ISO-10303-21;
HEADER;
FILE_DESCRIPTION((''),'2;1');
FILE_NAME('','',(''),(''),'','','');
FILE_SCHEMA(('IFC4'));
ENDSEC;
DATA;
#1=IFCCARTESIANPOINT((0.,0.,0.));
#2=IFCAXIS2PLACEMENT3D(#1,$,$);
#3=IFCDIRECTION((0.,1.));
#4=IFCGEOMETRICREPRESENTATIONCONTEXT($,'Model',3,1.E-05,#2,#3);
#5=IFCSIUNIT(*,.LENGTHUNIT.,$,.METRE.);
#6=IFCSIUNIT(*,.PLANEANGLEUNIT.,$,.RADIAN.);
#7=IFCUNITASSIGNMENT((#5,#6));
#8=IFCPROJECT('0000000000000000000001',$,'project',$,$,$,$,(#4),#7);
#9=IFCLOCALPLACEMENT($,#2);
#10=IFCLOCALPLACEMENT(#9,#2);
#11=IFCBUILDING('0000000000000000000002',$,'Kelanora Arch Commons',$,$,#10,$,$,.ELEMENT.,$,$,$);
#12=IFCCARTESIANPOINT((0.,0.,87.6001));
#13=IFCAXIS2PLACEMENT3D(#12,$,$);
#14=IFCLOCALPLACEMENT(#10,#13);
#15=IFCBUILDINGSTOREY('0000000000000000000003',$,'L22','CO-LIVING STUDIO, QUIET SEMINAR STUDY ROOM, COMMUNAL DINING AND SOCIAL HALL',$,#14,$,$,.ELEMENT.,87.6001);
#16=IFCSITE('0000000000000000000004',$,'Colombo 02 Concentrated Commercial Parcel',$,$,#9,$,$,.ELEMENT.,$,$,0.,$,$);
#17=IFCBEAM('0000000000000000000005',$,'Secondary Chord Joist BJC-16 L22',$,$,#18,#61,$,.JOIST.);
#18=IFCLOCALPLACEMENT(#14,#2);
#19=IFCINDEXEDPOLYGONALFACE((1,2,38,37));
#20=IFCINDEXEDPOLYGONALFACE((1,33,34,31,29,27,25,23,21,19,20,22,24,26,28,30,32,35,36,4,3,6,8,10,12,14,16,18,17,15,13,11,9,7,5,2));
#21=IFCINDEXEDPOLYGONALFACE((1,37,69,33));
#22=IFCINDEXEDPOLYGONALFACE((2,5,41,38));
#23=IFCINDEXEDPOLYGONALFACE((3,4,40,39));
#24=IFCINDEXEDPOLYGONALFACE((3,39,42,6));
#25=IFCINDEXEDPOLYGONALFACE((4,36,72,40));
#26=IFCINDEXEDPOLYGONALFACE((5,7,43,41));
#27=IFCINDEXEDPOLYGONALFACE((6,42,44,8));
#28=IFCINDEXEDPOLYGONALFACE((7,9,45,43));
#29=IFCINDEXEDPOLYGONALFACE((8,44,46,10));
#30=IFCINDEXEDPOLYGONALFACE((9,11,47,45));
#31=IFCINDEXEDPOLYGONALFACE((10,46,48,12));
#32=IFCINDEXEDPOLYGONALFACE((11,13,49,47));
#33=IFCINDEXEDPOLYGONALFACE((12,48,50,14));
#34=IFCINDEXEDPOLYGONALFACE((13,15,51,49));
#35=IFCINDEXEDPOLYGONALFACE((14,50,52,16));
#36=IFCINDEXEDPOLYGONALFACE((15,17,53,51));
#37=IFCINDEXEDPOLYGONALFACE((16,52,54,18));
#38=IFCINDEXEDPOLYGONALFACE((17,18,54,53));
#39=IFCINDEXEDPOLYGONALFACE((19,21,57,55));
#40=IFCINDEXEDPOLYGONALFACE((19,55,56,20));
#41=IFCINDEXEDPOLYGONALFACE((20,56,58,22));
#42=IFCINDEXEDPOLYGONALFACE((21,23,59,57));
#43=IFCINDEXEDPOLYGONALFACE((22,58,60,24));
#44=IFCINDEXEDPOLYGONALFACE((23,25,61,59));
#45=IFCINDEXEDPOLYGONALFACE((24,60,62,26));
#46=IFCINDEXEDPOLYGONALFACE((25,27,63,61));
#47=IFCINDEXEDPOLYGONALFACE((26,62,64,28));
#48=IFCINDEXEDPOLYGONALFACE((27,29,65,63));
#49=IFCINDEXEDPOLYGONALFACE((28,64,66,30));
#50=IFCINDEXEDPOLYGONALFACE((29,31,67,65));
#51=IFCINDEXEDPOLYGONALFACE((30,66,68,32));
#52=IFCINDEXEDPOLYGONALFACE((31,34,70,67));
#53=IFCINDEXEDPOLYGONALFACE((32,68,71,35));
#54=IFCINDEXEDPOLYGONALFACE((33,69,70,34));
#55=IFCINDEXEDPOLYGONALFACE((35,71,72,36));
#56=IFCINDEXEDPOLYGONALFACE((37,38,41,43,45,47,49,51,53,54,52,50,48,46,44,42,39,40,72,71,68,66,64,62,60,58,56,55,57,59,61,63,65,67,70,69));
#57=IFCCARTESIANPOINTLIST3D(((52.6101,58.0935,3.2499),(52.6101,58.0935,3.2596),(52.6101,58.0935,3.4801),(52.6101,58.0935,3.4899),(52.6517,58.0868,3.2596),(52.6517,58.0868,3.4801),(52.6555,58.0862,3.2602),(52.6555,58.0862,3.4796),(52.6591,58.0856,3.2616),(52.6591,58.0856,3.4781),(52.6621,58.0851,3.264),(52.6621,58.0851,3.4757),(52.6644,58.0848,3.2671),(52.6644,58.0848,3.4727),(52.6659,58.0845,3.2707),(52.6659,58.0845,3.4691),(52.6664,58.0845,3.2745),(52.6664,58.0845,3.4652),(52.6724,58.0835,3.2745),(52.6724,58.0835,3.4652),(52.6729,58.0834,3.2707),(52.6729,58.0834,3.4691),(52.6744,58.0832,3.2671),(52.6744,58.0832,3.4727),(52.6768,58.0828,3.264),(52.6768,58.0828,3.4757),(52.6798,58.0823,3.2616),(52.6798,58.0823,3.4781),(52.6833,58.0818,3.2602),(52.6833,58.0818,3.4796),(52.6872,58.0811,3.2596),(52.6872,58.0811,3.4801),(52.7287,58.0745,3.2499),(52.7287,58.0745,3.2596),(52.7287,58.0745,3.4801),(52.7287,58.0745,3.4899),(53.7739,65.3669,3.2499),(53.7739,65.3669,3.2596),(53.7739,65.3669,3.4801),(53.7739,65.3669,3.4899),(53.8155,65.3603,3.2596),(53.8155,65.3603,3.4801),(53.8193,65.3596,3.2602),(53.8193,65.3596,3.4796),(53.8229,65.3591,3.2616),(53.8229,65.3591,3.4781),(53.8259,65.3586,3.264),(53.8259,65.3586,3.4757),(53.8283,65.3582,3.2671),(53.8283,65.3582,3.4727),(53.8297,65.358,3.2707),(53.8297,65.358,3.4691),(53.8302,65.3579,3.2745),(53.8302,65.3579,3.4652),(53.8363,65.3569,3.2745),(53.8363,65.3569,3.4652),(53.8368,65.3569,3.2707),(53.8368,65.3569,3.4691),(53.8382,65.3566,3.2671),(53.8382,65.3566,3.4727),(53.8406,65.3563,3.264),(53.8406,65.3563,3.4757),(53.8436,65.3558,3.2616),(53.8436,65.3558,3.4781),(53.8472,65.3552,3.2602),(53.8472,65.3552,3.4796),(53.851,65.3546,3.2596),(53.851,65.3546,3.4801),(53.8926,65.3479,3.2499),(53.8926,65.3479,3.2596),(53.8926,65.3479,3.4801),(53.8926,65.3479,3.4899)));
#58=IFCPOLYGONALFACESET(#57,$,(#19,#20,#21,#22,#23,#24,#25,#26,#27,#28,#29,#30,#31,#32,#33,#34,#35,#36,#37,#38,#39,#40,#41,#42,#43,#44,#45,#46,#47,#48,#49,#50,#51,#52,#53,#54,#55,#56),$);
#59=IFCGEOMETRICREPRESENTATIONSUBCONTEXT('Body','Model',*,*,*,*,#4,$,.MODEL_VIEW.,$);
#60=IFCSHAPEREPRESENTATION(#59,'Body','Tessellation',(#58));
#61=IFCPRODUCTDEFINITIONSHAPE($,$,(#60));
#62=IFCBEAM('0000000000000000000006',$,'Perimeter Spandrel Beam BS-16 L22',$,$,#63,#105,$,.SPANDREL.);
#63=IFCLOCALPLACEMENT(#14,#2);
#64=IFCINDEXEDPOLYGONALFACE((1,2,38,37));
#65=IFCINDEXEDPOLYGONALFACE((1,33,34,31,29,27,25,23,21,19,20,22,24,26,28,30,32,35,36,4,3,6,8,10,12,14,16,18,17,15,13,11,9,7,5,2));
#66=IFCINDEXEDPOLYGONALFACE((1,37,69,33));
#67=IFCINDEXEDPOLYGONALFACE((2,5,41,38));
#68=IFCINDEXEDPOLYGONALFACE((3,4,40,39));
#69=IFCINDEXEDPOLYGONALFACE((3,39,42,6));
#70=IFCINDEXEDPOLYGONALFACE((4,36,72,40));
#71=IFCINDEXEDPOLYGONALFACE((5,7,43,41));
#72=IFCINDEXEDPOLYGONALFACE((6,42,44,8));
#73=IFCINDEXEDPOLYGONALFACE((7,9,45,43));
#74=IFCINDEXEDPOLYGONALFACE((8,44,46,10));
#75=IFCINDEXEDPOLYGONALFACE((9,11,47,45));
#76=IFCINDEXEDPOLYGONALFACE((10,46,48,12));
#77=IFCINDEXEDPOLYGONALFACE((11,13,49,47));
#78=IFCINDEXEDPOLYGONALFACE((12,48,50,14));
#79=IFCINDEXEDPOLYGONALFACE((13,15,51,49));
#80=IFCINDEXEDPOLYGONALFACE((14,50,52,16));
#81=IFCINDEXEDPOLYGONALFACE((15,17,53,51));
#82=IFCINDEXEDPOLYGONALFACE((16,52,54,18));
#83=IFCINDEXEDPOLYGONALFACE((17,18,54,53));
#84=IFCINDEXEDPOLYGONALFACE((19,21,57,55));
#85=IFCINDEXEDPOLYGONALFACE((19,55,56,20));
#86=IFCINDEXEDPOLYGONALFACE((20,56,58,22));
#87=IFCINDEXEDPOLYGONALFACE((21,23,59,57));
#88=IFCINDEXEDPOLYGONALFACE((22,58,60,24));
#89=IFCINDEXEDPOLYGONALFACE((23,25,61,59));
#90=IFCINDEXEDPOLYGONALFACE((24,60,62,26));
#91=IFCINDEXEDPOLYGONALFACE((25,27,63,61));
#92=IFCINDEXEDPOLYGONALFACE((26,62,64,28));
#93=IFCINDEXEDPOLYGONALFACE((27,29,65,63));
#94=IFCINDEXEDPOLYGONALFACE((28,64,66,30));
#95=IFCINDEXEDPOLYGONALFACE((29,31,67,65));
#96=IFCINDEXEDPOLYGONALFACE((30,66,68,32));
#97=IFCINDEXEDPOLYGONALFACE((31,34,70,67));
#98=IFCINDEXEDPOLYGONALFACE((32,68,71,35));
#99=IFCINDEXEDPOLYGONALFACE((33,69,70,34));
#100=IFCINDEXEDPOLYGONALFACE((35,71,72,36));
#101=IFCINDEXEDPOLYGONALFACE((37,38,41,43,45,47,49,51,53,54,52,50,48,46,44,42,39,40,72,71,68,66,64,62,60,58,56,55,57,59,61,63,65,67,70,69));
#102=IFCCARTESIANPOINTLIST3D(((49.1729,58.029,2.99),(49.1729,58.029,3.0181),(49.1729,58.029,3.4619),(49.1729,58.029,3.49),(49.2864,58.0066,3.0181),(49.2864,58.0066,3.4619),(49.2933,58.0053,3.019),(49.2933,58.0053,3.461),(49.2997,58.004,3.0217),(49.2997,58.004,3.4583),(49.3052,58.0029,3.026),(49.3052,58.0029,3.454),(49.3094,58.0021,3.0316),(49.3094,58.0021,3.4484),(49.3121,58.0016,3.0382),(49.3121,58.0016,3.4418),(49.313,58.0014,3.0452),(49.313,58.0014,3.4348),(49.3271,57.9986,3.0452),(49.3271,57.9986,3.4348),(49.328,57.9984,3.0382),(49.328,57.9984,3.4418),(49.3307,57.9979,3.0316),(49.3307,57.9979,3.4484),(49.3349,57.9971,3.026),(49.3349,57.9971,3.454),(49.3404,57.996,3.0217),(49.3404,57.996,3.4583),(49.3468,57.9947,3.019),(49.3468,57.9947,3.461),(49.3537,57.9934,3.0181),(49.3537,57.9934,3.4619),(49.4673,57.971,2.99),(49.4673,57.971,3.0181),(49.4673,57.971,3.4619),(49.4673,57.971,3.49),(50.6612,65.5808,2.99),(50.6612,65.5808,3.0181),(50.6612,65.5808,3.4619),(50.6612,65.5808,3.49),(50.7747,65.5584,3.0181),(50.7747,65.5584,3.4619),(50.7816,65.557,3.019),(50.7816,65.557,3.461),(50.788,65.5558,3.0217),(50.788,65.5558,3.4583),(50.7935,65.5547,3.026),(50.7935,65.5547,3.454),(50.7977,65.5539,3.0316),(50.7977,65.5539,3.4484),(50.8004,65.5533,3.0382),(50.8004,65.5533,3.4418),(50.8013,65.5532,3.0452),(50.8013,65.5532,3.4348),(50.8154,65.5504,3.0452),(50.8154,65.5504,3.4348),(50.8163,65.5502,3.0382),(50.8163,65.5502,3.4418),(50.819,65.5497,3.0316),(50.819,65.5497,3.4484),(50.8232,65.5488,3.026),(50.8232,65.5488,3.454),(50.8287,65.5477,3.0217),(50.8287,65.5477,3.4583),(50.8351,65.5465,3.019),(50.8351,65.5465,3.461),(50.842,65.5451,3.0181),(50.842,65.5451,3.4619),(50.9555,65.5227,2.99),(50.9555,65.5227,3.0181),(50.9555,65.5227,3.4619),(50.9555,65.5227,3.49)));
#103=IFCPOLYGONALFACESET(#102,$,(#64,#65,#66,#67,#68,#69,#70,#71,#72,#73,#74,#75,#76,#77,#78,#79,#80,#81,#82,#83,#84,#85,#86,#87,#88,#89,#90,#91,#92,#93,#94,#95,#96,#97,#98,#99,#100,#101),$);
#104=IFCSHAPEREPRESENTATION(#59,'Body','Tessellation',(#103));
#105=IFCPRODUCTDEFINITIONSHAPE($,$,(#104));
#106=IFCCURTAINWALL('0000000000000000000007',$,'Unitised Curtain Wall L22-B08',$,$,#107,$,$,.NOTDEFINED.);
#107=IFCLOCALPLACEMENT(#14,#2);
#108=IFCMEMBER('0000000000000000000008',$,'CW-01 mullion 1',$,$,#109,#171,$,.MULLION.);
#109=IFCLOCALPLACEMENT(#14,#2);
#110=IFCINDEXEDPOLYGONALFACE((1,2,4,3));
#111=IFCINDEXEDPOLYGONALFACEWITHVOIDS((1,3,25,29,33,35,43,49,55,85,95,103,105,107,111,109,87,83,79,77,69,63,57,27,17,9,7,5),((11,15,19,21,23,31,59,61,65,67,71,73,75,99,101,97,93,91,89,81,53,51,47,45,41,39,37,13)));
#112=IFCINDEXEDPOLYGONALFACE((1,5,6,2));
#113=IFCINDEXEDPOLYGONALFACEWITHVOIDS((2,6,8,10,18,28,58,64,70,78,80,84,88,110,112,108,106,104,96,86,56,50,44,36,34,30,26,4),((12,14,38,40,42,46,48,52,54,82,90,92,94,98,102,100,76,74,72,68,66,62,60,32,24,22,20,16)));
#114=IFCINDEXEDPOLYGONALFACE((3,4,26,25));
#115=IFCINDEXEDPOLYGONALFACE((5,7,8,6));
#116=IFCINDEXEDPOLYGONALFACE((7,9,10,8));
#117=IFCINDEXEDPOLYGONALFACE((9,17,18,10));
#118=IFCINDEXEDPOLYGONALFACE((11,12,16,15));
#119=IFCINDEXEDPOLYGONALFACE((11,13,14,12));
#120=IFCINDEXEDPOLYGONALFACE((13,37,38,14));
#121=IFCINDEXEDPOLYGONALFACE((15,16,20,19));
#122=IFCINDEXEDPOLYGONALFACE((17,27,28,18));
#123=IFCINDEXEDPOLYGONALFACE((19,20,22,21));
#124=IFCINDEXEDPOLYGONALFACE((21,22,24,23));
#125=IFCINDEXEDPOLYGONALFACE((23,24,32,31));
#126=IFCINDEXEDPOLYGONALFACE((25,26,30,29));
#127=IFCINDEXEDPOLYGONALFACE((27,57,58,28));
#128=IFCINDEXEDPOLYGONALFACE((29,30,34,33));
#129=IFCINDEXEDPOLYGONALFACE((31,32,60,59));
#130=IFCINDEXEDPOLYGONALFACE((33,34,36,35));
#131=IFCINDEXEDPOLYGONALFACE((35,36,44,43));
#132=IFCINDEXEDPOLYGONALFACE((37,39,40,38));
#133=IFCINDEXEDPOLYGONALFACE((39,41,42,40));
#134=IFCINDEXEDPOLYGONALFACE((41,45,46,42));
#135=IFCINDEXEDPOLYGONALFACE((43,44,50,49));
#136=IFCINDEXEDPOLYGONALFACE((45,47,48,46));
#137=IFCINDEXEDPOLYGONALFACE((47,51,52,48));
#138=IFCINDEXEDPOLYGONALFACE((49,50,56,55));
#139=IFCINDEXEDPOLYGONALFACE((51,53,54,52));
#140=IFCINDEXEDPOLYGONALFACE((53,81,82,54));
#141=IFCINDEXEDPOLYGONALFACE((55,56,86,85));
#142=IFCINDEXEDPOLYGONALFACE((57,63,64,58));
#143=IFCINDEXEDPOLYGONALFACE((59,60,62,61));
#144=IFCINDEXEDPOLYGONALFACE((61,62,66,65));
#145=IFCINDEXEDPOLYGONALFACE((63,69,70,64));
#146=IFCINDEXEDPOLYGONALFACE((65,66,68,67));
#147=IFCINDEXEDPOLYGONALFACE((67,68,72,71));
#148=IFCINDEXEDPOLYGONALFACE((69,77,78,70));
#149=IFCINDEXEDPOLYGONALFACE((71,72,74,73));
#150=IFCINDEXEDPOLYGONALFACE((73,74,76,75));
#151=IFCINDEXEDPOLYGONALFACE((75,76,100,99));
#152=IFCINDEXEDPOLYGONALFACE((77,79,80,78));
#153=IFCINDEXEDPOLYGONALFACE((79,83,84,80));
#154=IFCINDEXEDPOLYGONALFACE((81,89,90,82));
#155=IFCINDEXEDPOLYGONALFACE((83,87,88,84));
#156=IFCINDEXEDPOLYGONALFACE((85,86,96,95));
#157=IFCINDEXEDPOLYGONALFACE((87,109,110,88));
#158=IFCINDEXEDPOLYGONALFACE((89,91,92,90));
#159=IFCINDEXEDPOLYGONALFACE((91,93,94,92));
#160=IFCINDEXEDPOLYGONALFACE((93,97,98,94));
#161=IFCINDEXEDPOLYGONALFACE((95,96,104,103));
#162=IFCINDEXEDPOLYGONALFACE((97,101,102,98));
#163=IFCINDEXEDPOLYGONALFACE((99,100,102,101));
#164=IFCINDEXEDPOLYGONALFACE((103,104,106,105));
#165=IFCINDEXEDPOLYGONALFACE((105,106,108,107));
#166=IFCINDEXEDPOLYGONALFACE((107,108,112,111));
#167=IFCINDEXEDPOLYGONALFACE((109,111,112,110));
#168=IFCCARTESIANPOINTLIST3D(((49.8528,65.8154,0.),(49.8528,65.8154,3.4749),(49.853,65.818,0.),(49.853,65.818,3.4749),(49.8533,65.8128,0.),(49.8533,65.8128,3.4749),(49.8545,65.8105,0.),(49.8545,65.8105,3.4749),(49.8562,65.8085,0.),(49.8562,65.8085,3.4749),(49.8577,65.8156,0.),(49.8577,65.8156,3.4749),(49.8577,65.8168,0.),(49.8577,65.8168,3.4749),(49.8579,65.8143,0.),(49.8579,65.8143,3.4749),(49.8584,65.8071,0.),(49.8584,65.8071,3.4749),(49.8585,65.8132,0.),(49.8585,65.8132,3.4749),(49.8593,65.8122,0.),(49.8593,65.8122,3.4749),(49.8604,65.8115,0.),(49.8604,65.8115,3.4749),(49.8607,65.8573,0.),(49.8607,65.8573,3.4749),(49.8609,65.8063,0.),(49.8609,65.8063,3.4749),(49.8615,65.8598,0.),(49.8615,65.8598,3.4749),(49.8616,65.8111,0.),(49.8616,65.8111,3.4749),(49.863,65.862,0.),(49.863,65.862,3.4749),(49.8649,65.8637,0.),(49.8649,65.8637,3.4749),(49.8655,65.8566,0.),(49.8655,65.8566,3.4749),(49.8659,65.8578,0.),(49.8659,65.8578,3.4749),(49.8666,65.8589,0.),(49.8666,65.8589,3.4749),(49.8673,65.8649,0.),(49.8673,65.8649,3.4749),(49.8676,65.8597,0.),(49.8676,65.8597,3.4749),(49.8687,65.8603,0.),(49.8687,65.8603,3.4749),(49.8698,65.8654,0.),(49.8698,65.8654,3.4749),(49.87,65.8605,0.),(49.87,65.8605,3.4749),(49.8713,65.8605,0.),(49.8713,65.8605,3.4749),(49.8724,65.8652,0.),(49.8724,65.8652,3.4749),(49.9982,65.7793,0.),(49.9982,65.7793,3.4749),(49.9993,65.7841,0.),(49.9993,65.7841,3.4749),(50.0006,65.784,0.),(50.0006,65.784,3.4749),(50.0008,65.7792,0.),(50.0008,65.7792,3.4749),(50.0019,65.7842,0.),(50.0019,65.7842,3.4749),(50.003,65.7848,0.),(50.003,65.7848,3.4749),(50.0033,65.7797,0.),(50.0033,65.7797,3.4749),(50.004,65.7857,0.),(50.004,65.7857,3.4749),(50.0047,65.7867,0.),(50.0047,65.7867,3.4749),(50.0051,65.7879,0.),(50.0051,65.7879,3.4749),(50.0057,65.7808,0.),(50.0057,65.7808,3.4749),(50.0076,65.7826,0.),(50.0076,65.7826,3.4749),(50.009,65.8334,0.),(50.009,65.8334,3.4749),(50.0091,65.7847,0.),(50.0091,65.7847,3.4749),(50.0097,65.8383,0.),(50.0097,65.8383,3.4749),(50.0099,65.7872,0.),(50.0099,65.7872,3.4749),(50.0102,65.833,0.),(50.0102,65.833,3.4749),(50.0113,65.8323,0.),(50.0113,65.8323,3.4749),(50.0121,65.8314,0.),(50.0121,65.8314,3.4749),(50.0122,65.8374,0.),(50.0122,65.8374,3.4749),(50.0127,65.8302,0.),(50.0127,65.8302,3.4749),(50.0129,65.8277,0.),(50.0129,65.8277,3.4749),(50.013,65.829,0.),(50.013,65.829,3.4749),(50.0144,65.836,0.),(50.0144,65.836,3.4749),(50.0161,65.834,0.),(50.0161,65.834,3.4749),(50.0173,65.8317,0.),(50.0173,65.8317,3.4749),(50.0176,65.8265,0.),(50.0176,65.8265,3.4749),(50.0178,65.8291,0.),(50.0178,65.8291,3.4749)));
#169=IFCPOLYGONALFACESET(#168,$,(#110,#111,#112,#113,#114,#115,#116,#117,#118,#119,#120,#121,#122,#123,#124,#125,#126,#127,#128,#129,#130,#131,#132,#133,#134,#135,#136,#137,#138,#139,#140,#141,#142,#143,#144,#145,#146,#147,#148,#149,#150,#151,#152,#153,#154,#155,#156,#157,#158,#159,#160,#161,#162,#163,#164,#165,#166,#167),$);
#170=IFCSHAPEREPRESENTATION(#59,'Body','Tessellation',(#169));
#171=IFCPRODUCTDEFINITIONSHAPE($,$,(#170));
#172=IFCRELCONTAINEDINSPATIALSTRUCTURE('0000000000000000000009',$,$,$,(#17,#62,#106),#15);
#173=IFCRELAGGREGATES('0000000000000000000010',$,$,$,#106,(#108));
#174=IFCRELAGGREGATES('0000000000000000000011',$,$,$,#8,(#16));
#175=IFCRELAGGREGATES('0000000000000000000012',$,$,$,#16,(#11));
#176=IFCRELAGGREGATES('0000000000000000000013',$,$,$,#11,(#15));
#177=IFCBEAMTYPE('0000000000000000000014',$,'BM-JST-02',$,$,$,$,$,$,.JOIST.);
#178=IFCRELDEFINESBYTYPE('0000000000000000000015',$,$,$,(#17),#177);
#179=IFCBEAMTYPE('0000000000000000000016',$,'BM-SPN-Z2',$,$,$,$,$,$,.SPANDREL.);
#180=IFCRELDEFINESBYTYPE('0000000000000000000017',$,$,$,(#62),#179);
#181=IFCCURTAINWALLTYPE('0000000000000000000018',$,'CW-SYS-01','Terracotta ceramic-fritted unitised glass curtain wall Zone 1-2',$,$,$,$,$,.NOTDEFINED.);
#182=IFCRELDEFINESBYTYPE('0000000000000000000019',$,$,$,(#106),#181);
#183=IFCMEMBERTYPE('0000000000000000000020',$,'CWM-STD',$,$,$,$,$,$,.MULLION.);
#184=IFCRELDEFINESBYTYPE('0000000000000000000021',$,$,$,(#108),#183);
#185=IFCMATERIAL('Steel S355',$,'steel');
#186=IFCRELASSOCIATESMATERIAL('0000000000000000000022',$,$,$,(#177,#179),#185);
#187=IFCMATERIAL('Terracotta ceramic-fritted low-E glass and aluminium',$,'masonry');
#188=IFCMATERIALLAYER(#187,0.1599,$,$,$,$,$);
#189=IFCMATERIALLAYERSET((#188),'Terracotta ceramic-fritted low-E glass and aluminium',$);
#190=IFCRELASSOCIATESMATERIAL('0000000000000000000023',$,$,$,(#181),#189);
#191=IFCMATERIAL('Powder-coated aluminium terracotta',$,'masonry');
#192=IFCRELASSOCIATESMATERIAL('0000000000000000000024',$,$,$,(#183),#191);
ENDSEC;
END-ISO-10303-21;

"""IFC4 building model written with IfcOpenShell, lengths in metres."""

from ifc_helpers import new_model, si_unit, direction, frame, origin, origin_2d, place, context, subcontext, project, spatial, hollow_rectangle, i_section, extrude, material, layer, layer_set, material_profile, profile_set, type_object, element, aggregate, save


model = new_model("IFC4")

# Units and contexts
model_context = context("Model", 3, precision=1e-05, world=origin(), true_north=direction((0.0, 1.0)))
body_context = subcontext(model_context, "Body", "Model", "MODEL_VIEW")
ifc_project = project(units=[si_unit("LENGTHUNIT", "METRE"), si_unit("PLANEANGLEUNIT", "RADIAN")], contexts=[model_context])

# Site, building, storey
site_placement = place(None, origin())
site = spatial("IfcSite", under=ifc_project, at=site_placement, Name="Colombo 02 Concentrated Commercial Parcel", CompositionType="ELEMENT", RefElevation=0.0)
building_placement = place(site_placement, origin())
building = spatial("IfcBuilding", under=site, at=building_placement, Name="Kelanora Arch Commons", CompositionType="ELEMENT")
storey_placement = place(building_placement, frame((0.0, 0.0, 87.6001)))
storey = spatial("IfcBuildingStorey", under=building, at=storey_placement, Name="L22", Description="CO-LIVING STUDIO, QUIET SEMINAR STUDY ROOM, COMMUNAL DINING AND SOCIAL HALL", CompositionType="ELEMENT", Elevation=87.6001)

# Beams
ifc_material_1 = material(Name="Steel S355", Category="steel")
ifc_material_profile_1 = material_profile(ifc_material_1, i_section(OverallWidth=0.1201, OverallDepth=0.24, WebThickness=0.0061, FlangeThickness=0.0098, FilletRadius=0.0149, at=origin_2d()), Name="IPE240")
ifc_profile_set_1 = profile_set([ifc_material_profile_1], Name="Steel S355")
beam_type_1 = type_object("IfcBeamType", Name="BM-JST-02", PredefinedType="JOIST", material=ifc_profile_set_1)
beam_1_placement = place(storey_placement, frame((53.8333, 65.3574, 3.3699), z_axis=(-0.158, -0.987439, 0.0), x_axis=(0.987439, -0.158, 0.0)))
element("IfcBeam", 1, at=beam_1_placement, inside=storey, type_object=beam_type_1, Name="Secondary Chord Joist BJC-16 L22", PredefinedType="JOIST", context=body_context, shape_type="SweptSolid", body=[
    extrude(i_section(OverallWidth=0.1201, OverallDepth=0.24, WebThickness=0.0061, FlangeThickness=0.0098, FilletRadius=0.0149, at=origin_2d()), origin(), (0.0, 0.0, 1.0), 7.366),
])
ifc_material_profile_2 = material_profile(ifc_material_1, i_section(OverallWidth=0.3, OverallDepth=0.5, WebThickness=0.0144, FlangeThickness=0.0281, FilletRadius=0.0271, at=origin_2d()), Name="HEB500")
ifc_profile_set_2 = profile_set([ifc_material_profile_2], Name="Steel S355")
beam_type_2 = type_object("IfcBeamType", Name="BM-SPN-Z2", PredefinedType="SPANDREL", material=ifc_profile_set_2)
beam_2_placement = place(storey_placement, frame((50.8083, 65.5518, 3.24), z_axis=(-0.193358, -0.981128, 0.0), x_axis=(0.981128, -0.193358, 0.0)))
element("IfcBeam", 2, at=beam_2_placement, inside=storey, type_object=beam_type_2, Name="Perimeter Spandrel Beam BS-16 L22", PredefinedType="SPANDREL", context=body_context, shape_type="SweptSolid", body=[
    extrude(i_section(OverallWidth=0.3, OverallDepth=0.5, WebThickness=0.0144, FlangeThickness=0.0281, FilletRadius=0.0271, at=origin_2d()), origin(), (0.0, 0.0, 1.0), 7.697),
])

# Curtain wall, member
ifc_material_2 = material(Name="Terracotta ceramic-fritted low-E glass and aluminium", Category="masonry")
ifc_layer_1 = layer(ifc_material_2, 0.1599)
ifc_layer_set_1 = layer_set([ifc_layer_1], Name="Terracotta ceramic-fritted low-E glass and aluminium")
curtain_wall_type = type_object("IfcCurtainWallType", Name="CW-SYS-01", Description="Terracotta ceramic-fritted unitised glass curtain wall Zone 1-2", PredefinedType="NOTDEFINED", material=ifc_layer_set_1)
curtain_wall_placement = place(storey_placement, origin())
curtain_wall = element("IfcCurtainWall", 3, at=curtain_wall_placement, inside=storey, type_object=curtain_wall_type, Name="Unitised Curtain Wall L22-B08", PredefinedType="NOTDEFINED")
ifc_material_3 = material(Name="Powder-coated aluminium terracotta", Category="masonry")
ifc_material_profile_3 = material_profile(ifc_material_3, hollow_rectangle(XDim=0.1599, YDim=0.0601, WallThickness=0.0049, InnerFilletRadius=0.0049, OuterFilletRadius=0.01, at=origin_2d()), Name="CWM160x60")
ifc_profile_set_3 = profile_set([ifc_material_profile_3], Name="Powder-coated aluminium terracotta")
member_type_1 = type_object("IfcMemberType", Name="CWM-STD", PredefinedType="MULLION", material=ifc_profile_set_3)
member_1_placement = place(storey_placement, frame((49.9353, 65.8223, 0.0), z_axis=(0.0, 0.0, 1.0), x_axis=(0.98128, -0.192585, 0.0)))
member_1 = element("IfcMember", 4, at=member_1_placement, type_object=member_type_1, Name="CW-01 mullion 1", PredefinedType="MULLION", context=body_context, shape_type="SweptSolid", body=[
    extrude(hollow_rectangle(XDim=0.1599, YDim=0.0601, WallThickness=0.0049, InnerFilletRadius=0.0049, OuterFilletRadius=0.01, at=origin_2d()), origin(), (0.0, 0.0, 1.0), 3.4749),
])
aggregate(curtain_wall, [member_1])

save(model, "model.ifc")
